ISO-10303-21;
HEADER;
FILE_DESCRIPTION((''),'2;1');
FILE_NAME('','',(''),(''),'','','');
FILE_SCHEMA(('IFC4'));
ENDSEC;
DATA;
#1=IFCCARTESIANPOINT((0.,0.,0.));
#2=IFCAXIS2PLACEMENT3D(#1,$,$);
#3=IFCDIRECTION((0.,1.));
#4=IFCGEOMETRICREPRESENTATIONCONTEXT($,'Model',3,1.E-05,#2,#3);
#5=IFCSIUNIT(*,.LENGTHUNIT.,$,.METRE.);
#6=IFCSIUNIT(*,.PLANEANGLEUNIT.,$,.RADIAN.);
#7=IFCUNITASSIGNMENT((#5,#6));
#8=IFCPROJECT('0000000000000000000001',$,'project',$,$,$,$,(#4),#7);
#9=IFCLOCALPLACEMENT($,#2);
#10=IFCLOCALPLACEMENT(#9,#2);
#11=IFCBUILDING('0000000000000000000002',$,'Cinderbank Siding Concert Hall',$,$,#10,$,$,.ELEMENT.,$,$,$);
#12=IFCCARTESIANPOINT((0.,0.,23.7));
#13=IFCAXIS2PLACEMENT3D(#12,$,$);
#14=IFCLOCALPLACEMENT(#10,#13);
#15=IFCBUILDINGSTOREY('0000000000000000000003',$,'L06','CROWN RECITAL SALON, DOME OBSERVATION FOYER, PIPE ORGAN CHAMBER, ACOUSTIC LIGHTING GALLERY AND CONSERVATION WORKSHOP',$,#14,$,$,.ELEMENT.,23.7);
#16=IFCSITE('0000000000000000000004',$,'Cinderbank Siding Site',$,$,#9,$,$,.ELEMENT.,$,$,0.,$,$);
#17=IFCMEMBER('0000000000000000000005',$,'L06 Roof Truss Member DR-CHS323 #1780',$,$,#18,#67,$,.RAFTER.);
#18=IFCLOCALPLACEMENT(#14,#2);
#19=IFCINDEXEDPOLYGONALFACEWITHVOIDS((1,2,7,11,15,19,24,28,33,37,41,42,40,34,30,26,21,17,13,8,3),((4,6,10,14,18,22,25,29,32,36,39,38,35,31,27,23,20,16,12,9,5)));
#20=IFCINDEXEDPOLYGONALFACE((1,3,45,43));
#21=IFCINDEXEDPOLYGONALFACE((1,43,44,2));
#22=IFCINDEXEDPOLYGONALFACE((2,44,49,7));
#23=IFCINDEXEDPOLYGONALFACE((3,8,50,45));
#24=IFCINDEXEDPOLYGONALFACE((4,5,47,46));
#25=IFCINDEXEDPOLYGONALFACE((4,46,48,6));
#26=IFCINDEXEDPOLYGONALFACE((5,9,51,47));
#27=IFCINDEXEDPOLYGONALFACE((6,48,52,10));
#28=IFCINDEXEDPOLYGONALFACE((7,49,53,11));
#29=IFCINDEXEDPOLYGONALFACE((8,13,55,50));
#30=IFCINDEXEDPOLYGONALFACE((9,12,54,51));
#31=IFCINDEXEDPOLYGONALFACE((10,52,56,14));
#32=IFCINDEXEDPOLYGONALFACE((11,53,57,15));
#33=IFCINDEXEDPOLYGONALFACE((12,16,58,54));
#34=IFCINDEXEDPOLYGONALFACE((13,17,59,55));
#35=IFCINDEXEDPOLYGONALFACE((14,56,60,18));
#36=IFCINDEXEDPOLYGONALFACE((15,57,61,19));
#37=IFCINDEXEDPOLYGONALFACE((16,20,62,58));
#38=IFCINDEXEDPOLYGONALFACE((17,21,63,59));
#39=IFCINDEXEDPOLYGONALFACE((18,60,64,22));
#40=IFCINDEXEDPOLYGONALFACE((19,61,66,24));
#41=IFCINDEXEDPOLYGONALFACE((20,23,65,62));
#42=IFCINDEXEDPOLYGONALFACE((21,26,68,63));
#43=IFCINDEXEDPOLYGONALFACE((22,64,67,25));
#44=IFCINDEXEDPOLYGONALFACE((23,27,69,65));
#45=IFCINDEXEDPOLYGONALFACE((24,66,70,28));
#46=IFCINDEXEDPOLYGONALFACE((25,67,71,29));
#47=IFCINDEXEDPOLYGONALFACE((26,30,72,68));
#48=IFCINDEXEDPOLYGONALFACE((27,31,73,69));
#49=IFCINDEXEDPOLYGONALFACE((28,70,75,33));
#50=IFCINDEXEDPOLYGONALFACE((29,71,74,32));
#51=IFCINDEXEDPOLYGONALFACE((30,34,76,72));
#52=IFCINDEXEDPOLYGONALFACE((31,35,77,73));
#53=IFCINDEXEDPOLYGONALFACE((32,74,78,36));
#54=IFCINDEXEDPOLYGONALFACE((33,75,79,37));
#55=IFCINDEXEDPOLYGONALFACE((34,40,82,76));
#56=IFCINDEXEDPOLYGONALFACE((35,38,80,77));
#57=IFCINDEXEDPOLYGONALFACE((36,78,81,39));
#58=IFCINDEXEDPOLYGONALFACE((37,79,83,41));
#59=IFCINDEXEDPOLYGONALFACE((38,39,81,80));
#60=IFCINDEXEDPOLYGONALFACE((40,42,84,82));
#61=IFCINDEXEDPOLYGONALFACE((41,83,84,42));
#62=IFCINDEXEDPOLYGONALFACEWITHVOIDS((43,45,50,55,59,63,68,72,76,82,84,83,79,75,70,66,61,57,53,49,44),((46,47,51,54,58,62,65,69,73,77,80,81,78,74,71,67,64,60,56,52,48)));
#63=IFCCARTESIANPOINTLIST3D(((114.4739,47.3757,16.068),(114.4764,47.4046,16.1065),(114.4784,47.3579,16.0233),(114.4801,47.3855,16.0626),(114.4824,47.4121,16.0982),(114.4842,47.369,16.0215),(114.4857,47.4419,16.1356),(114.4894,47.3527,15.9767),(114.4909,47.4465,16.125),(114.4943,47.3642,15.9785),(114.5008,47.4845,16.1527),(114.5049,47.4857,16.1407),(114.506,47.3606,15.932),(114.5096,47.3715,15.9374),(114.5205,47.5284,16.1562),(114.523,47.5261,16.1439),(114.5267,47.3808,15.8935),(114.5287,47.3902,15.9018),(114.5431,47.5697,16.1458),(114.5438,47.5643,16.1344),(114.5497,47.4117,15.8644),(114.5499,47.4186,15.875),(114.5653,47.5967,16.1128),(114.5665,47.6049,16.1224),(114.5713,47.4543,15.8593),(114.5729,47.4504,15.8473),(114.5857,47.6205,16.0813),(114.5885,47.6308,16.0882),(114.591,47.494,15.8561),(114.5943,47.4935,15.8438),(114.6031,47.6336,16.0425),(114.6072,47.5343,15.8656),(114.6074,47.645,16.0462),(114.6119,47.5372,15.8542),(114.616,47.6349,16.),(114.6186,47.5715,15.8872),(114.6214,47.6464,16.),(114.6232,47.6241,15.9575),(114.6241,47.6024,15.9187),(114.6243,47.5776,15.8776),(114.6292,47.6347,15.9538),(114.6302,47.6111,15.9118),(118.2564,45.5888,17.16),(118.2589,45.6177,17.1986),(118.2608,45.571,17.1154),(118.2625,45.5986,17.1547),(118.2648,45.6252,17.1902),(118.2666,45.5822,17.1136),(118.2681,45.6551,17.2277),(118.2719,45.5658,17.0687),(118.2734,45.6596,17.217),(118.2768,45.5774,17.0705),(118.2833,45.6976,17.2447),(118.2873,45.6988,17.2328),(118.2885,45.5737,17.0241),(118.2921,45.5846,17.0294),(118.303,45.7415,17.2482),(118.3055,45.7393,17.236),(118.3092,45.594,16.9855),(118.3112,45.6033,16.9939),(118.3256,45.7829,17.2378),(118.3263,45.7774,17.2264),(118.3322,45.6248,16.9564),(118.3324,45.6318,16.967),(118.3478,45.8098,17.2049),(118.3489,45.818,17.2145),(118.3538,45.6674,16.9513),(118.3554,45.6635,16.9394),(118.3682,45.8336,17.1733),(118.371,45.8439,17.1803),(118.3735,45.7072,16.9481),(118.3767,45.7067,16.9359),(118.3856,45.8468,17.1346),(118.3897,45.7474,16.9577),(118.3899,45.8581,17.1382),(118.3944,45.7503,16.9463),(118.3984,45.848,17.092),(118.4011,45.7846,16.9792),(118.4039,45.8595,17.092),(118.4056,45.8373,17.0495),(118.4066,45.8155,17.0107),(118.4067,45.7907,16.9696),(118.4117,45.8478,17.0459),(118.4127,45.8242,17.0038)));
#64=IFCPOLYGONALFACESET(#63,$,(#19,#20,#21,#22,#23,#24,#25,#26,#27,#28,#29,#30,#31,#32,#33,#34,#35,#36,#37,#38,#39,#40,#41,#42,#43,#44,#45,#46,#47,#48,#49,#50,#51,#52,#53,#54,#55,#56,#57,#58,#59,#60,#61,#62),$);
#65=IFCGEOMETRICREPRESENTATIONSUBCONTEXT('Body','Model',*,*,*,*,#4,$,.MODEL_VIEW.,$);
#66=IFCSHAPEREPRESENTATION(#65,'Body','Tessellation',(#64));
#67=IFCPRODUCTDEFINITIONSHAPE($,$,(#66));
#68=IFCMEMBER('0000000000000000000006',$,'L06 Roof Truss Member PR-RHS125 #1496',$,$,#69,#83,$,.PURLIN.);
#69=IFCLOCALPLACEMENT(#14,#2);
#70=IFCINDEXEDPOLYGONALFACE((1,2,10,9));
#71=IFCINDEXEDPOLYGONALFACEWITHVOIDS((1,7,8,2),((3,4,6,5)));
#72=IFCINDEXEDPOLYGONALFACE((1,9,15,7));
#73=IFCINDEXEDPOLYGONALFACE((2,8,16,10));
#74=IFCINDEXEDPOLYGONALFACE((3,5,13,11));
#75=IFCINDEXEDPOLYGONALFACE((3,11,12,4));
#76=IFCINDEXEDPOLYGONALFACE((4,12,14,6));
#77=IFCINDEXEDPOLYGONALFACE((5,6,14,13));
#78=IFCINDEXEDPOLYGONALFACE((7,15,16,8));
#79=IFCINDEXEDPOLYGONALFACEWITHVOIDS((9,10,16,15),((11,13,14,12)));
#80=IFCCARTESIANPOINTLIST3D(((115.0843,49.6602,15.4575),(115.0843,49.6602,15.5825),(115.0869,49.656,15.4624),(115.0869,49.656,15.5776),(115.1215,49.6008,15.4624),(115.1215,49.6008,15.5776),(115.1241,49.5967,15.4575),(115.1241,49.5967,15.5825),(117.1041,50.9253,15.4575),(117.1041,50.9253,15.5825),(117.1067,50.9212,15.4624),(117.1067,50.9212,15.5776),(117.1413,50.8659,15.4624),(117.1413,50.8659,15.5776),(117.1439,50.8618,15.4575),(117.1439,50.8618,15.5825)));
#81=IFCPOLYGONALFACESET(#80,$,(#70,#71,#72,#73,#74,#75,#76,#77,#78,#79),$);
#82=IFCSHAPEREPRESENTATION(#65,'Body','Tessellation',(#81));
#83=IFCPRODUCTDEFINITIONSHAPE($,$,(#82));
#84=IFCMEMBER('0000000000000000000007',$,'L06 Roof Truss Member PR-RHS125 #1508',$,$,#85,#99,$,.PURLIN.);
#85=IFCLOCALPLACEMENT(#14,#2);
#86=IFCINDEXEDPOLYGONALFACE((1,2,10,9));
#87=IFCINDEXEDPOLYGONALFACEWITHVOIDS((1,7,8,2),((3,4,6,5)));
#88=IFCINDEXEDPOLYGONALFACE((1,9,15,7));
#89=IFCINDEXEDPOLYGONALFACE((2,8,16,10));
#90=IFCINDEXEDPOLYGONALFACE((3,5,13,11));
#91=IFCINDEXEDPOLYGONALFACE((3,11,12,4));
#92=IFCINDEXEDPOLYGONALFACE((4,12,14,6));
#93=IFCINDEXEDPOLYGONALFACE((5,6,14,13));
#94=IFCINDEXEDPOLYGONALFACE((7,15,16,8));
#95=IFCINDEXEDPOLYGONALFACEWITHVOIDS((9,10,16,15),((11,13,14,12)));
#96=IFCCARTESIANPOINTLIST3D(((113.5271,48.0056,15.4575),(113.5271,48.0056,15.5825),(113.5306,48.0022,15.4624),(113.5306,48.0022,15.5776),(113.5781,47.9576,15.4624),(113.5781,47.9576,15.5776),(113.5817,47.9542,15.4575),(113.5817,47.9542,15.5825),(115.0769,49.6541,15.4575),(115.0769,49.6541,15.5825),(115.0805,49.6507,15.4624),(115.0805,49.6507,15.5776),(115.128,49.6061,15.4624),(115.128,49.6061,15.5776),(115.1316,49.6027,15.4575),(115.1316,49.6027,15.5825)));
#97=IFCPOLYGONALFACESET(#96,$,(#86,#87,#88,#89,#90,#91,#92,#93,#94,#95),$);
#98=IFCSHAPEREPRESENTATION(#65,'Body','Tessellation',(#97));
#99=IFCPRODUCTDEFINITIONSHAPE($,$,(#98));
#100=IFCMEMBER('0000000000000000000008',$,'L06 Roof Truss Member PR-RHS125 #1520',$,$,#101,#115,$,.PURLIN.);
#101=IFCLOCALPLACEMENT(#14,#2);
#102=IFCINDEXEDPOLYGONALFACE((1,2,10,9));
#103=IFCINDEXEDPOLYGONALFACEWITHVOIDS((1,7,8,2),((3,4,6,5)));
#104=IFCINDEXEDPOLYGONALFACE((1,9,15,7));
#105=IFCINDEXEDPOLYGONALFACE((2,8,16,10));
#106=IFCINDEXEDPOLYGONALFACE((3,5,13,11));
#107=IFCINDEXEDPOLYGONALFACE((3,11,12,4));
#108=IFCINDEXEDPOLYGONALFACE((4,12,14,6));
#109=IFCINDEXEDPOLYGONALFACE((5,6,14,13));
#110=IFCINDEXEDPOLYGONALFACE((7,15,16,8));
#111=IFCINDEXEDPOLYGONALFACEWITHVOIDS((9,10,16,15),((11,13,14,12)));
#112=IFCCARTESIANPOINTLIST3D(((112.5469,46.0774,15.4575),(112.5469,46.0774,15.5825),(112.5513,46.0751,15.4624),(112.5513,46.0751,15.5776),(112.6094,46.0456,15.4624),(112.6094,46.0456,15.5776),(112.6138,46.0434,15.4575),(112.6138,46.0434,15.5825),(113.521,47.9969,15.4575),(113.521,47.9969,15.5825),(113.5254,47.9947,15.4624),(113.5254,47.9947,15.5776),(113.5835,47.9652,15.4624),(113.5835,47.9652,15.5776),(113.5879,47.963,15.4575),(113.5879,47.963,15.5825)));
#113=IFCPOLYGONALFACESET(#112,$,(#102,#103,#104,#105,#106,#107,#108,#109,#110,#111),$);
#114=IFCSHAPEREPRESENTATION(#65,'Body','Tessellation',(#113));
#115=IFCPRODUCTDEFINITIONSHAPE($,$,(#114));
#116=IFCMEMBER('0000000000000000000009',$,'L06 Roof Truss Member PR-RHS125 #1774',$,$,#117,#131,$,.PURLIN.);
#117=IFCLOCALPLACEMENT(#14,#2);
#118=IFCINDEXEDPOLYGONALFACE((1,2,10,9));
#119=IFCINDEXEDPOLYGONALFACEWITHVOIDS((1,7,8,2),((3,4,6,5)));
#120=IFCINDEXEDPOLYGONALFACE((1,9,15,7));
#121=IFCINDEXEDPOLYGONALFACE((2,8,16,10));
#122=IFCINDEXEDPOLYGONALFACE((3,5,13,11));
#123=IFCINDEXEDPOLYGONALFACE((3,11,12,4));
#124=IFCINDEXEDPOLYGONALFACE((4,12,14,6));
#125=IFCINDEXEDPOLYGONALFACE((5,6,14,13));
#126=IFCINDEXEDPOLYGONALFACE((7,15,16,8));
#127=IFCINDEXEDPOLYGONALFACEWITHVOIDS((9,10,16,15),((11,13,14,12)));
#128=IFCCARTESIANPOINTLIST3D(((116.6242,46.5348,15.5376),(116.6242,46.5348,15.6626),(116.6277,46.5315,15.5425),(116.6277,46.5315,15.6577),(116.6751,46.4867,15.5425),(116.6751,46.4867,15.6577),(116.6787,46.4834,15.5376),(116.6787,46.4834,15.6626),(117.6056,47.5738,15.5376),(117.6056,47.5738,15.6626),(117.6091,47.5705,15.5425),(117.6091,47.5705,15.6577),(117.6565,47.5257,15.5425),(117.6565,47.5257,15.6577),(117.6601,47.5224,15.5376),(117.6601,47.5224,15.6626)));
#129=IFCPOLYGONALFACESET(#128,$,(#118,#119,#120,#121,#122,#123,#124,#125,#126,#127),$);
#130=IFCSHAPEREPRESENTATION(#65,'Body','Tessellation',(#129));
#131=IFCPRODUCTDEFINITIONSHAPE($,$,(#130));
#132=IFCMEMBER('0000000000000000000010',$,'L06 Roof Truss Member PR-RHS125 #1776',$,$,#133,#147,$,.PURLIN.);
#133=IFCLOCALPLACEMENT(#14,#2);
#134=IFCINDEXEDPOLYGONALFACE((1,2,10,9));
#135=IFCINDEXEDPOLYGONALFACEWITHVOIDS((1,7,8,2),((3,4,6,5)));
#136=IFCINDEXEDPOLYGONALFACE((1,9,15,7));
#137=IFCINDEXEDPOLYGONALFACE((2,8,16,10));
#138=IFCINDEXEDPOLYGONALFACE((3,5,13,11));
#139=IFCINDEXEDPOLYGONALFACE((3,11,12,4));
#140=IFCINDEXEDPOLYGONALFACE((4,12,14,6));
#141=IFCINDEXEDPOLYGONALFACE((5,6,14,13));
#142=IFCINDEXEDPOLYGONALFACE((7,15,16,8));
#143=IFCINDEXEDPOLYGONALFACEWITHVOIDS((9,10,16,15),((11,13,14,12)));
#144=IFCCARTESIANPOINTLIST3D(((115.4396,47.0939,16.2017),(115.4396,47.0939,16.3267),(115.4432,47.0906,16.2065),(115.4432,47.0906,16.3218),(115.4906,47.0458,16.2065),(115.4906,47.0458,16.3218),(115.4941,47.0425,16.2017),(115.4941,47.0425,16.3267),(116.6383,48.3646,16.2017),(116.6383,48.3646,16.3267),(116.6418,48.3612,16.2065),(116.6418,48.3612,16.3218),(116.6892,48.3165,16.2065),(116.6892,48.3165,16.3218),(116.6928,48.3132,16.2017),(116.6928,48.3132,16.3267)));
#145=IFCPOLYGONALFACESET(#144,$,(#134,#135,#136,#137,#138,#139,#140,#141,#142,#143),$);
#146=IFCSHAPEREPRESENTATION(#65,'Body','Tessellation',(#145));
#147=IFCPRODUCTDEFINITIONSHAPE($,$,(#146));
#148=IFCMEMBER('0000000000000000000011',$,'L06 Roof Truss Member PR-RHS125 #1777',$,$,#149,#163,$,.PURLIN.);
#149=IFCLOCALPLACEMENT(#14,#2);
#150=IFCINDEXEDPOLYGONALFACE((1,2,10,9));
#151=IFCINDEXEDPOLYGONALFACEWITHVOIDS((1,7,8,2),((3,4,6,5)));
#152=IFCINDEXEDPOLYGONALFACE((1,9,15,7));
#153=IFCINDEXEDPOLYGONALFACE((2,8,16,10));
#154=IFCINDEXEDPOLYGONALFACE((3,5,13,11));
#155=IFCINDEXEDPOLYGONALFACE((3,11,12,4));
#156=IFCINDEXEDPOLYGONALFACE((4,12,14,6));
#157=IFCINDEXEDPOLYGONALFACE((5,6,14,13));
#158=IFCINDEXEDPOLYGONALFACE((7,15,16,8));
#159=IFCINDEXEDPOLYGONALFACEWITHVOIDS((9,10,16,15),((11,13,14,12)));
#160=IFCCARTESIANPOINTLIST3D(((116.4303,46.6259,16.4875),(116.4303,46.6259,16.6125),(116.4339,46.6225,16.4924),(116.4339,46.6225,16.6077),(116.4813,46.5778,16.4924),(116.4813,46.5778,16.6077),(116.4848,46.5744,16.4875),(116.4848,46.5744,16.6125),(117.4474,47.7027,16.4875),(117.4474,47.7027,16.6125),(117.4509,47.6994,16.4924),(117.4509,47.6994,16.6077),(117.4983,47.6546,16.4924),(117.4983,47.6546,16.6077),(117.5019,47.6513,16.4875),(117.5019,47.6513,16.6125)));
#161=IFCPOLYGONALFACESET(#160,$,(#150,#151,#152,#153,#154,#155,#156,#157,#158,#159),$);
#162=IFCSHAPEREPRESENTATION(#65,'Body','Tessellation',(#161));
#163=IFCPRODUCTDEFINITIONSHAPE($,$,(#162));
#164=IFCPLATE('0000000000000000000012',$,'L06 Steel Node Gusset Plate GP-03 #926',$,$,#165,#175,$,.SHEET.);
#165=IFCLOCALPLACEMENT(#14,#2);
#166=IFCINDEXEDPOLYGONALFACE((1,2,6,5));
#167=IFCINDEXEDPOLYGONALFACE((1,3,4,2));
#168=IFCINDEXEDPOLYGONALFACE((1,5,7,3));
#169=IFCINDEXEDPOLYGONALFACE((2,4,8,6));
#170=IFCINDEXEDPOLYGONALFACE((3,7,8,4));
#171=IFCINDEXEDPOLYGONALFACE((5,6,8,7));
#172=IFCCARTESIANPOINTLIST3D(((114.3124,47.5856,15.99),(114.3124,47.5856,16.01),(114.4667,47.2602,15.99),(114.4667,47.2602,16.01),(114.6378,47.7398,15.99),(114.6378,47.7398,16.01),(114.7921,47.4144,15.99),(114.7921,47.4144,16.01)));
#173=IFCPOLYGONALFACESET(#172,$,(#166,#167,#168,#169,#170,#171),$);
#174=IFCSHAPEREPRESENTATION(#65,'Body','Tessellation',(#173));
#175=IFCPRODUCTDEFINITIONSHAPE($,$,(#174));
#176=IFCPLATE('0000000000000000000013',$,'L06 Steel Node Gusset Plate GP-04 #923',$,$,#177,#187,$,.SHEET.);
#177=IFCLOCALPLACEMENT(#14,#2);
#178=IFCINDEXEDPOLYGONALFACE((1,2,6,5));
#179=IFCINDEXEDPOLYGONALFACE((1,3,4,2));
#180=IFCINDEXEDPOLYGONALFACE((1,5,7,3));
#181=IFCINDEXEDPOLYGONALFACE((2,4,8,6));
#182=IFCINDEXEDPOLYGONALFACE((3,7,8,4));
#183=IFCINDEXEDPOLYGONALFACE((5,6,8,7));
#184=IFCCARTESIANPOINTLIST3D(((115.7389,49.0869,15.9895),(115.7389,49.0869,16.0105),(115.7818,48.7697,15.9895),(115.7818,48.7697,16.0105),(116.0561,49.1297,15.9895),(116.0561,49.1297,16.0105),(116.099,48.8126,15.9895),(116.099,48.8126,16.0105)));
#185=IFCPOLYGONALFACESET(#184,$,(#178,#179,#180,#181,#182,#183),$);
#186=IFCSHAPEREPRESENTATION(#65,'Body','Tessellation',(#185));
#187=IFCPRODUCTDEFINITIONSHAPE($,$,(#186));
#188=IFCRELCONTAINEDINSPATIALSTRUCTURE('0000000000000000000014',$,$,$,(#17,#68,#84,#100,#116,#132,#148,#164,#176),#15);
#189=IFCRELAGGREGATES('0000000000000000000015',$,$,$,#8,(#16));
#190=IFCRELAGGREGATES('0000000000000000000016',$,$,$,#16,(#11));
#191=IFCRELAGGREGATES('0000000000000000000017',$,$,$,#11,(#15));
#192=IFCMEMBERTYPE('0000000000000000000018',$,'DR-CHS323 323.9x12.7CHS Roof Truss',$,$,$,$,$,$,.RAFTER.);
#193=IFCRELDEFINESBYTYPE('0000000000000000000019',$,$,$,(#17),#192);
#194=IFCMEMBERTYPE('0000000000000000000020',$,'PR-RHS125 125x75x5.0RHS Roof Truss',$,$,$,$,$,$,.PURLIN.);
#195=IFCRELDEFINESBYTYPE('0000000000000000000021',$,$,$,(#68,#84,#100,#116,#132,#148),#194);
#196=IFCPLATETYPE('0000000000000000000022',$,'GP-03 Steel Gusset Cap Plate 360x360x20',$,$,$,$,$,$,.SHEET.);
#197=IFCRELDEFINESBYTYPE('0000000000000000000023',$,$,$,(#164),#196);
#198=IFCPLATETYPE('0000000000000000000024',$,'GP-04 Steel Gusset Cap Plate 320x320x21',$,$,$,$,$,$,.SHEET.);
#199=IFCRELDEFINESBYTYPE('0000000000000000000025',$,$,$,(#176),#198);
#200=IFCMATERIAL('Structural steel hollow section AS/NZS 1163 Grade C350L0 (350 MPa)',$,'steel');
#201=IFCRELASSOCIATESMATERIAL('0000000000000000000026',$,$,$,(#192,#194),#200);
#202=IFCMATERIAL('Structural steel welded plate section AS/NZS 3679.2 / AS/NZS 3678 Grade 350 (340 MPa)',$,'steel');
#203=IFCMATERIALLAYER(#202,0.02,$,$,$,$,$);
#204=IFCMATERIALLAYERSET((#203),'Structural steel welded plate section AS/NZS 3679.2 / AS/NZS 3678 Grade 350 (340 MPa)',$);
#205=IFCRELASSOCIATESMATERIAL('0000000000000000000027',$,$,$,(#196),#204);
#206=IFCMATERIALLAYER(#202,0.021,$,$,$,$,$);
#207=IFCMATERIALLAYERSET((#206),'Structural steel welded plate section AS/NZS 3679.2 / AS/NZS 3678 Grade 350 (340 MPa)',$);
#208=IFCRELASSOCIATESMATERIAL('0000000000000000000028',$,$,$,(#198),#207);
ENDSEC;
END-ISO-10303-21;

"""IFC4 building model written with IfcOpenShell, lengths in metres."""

from ifc_helpers import new_model, si_unit, direction, frame, origin, origin_2d, place, context, subcontext, project, spatial, rectangle, hollow_rectangle, hollow_circle, extrude, material, layer, layer_set, material_profile, profile_set, type_object, element, save


model = new_model("IFC4")

# Units and contexts
model_context = context("Model", 3, precision=1e-05, world=origin(), true_north=direction((0.0, 1.0)))
body_context = subcontext(model_context, "Body", "Model", "MODEL_VIEW")
ifc_project = project(units=[si_unit("LENGTHUNIT", "METRE"), si_unit("PLANEANGLEUNIT", "RADIAN")], contexts=[model_context])

# Site, building, storey
site_placement = place(None, origin())
site = spatial("IfcSite", under=ifc_project, at=site_placement, Name="Cinderbank Siding Site", CompositionType="ELEMENT", RefElevation=0.0)
building_placement = place(site_placement, origin())
building = spatial("IfcBuilding", under=site, at=building_placement, Name="Cinderbank Siding Concert Hall", CompositionType="ELEMENT")
storey_placement = place(building_placement, frame((0.0, 0.0, 23.7)))
storey = spatial("IfcBuildingStorey", under=building, at=storey_placement, Name="L06", Description="CROWN RECITAL SALON, DOME OBSERVATION FOYER, PIPE ORGAN CHAMBER, ACOUSTIC LIGHTING GALLERY AND CONSERVATION WORKSHOP", CompositionType="ELEMENT", Elevation=23.7)

# Members
ifc_material_1 = material(Name="Structural steel hollow section AS/NZS 1163 Grade C350L0 (350 MPa)", Category="steel")
ifc_material_profile_1 = material_profile(ifc_material_1, hollow_circle(Radius=0.1619, WallThickness=0.0127, at=origin_2d()), Name="323.9x12.7CHS", Category="LoadBearing")
ifc_profile_set_1 = profile_set([ifc_material_profile_1], Name="Structural steel hollow section AS/NZS 1163 Grade C350L0 (350 MPa)")
member_type_1 = type_object("IfcMemberType", Name="DR-CHS323 323.9x12.7CHS Roof Truss", PredefinedType="RAFTER", material=ifc_profile_set_1)
member_1_placement = place(storey_placement, frame((114.5522, 47.5, 16.0), z_axis=(0.874866, -0.413293, 0.252583), x_axis=(0.427143, 0.904184, 0.0)))
element("IfcMember", 1, at=member_1_placement, inside=storey, type_object=member_type_1, Name="L06 Roof Truss Member DR-CHS323 #1780", PredefinedType="RAFTER", context=body_context, shape_type="SweptSolid", body=[
    extrude(hollow_circle(Radius=0.1619, WallThickness=0.0127, at=origin_2d()), origin(), (0.0, 0.0, 1.0), 4.3235),
])
ifc_material_profile_2 = material_profile(ifc_material_1, hollow_rectangle(XDim=0.075, YDim=0.125, WallThickness=0.0049, at=origin_2d()), Name="125x75x5.0RHS", Category="LoadBearing")
ifc_profile_set_2 = profile_set([ifc_material_profile_2], Name="Structural steel hollow section AS/NZS 1163 Grade C350L0 (350 MPa)")
member_type_2 = type_object("IfcMemberType", Name="PR-RHS125 125x75x5.0RHS Roof Truss", PredefinedType="PURLIN", material=ifc_profile_set_2)
member_2_placement = place(storey_placement, frame((117.124, 50.8936, 15.52), z_axis=(-0.847474, -0.530837, 0.0), x_axis=(0.530837, -0.847474, 0.0)))
element("IfcMember", 2, at=member_2_placement, inside=storey, type_object=member_type_2, Name="L06 Roof Truss Member PR-RHS125 #1496", PredefinedType="PURLIN", context=body_context, shape_type="SweptSolid", body=[
    extrude(hollow_rectangle(XDim=0.075, YDim=0.125, WallThickness=0.0049, at=origin_2d()), origin(), (0.0, 0.0, 1.0), 2.3833),
])
member_3_placement = place(storey_placement, frame((115.1042, 49.6284, 15.52), z_axis=(-0.684974, -0.728567, 0.0), x_axis=(0.728567, -0.684974, 0.0)))
element("IfcMember", 3, at=member_3_placement, inside=storey, type_object=member_type_2, Name="L06 Roof Truss Member PR-RHS125 #1508", PredefinedType="PURLIN", context=body_context, shape_type="SweptSolid", body=[
    extrude(hollow_rectangle(XDim=0.075, YDim=0.125, WallThickness=0.0049, at=origin_2d()), origin(), (0.0, 0.0, 1.0), 2.2627),
])
member_4_placement = place(storey_placement, frame((113.5544, 47.98, 15.52), z_axis=(-0.452513, -0.891758, 0.0), x_axis=(0.891758, -0.452513, 0.0)))
element("IfcMember", 4, at=member_4_placement, inside=storey, type_object=member_type_2, Name="L06 Roof Truss Member PR-RHS125 #1520", PredefinedType="PURLIN", context=body_context, shape_type="SweptSolid", body=[
    extrude(hollow_rectangle(XDim=0.075, YDim=0.125, WallThickness=0.0049, at=origin_2d()), origin(), (0.0, 0.0, 1.0), 2.1526),
])
member_5_placement = place(storey_placement, frame((117.6328, 47.5481, 15.6001), z_axis=(-0.686664, -0.726975, 0.0), x_axis=(0.726975, -0.686664, 0.0)))
element("IfcMember", 5, at=member_5_placement, inside=storey, type_object=member_type_2, Name="L06 Roof Truss Member PR-RHS125 #1774", PredefinedType="PURLIN", context=body_context, shape_type="SweptSolid", body=[
    extrude(hollow_rectangle(XDim=0.075, YDim=0.125, WallThickness=0.0049, at=origin_2d()), origin(), (0.0, 0.0, 1.0), 1.4292),
])
member_6_placement = place(storey_placement, frame((116.6655, 48.3389, 16.2642), z_axis=(-0.686193, -0.72742, 0.0), x_axis=(0.72742, -0.686193, 0.0)))
element("IfcMember", 6, at=member_6_placement, inside=storey, type_object=member_type_2, Name="L06 Roof Truss Member PR-RHS125 #1776", PredefinedType="PURLIN", context=body_context, shape_type="SweptSolid", body=[
    extrude(hollow_rectangle(XDim=0.075, YDim=0.125, WallThickness=0.0049, at=origin_2d()), origin(), (0.0, 0.0, 1.0), 1.7468),
])
member_7_placement = place(storey_placement, frame((117.4746, 47.677, 16.55), z_axis=(-0.686628, -0.727009, 0.0), x_axis=(0.727009, -0.686628, 0.0)))
element("IfcMember", 7, at=member_7_placement, inside=storey, type_object=member_type_2, Name="L06 Roof Truss Member PR-RHS125 #1777", PredefinedType="PURLIN", context=body_context, shape_type="SweptSolid", body=[
    extrude(hollow_rectangle(XDim=0.075, YDim=0.125, WallThickness=0.0049, at=origin_2d()), origin(), (0.0, 0.0, 1.0), 1.4812),
])

# Plates
ifc_material_2 = material(Name="Structural steel welded plate section AS/NZS 3679.2 / AS/NZS 3678 Grade 350 (340 MPa)", Category="steel")
ifc_layer_1 = layer(ifc_material_2, 0.02)
ifc_layer_set_1 = layer_set([ifc_layer_1], Name="Structural steel welded plate section AS/NZS 3679.2 / AS/NZS 3678 Grade 350 (340 MPa)")
plate_type_1 = type_object("IfcPlateType", Name="GP-03 Steel Gusset Cap Plate 360x360x20", PredefinedType="SHEET", material=ifc_layer_set_1)
plate_placement = place(storey_placement, frame((114.5522, 47.5, 15.99), z_axis=(0.0, 0.0, 1.0), x_axis=(0.428304, -0.903635, 0.0)))
element("IfcPlate", 8, at=plate_placement, inside=storey, type_object=plate_type_1, Name="L06 Steel Node Gusset Plate GP-03 #926", PredefinedType="SHEET", context=body_context, shape_type="SweptSolid", body=[
    extrude(rectangle(XDim=0.3601, YDim=0.3601, at=origin_2d()), origin(), (0.0, 0.0, 1.0), 0.02),
])
ifc_layer_2 = layer(ifc_material_2, 0.021)
ifc_layer_set_2 = layer_set([ifc_layer_2], Name="Structural steel welded plate section AS/NZS 3679.2 / AS/NZS 3678 Grade 350 (340 MPa)")
plate_type_2 = type_object("IfcPlateType", Name="GP-04 Steel Gusset Cap Plate 320x320x21", PredefinedType="SHEET", material=ifc_layer_set_2)
for number, where, z_axis, x_axis, name in (
    (9, (115.9189, 48.9497, 15.9895), (0.0, 0.0, 1.0), (0.133986, -0.990983, 0.0), "L06 Steel Node Gusset Plate GP-04 #923"),
):
    element("IfcPlate", number, at=place(storey_placement, frame(where, z_axis=z_axis, x_axis=x_axis)), inside=storey, type_object=plate_type_2, Name=name, PredefinedType="SHEET", context=body_context, shape_type="SweptSolid", body=[
        extrude(rectangle(XDim=0.3201, YDim=0.3201, at=origin_2d()), origin(), (0.0, 0.0, 1.0), 0.021),
    ])

save(model, "model.ifc")
